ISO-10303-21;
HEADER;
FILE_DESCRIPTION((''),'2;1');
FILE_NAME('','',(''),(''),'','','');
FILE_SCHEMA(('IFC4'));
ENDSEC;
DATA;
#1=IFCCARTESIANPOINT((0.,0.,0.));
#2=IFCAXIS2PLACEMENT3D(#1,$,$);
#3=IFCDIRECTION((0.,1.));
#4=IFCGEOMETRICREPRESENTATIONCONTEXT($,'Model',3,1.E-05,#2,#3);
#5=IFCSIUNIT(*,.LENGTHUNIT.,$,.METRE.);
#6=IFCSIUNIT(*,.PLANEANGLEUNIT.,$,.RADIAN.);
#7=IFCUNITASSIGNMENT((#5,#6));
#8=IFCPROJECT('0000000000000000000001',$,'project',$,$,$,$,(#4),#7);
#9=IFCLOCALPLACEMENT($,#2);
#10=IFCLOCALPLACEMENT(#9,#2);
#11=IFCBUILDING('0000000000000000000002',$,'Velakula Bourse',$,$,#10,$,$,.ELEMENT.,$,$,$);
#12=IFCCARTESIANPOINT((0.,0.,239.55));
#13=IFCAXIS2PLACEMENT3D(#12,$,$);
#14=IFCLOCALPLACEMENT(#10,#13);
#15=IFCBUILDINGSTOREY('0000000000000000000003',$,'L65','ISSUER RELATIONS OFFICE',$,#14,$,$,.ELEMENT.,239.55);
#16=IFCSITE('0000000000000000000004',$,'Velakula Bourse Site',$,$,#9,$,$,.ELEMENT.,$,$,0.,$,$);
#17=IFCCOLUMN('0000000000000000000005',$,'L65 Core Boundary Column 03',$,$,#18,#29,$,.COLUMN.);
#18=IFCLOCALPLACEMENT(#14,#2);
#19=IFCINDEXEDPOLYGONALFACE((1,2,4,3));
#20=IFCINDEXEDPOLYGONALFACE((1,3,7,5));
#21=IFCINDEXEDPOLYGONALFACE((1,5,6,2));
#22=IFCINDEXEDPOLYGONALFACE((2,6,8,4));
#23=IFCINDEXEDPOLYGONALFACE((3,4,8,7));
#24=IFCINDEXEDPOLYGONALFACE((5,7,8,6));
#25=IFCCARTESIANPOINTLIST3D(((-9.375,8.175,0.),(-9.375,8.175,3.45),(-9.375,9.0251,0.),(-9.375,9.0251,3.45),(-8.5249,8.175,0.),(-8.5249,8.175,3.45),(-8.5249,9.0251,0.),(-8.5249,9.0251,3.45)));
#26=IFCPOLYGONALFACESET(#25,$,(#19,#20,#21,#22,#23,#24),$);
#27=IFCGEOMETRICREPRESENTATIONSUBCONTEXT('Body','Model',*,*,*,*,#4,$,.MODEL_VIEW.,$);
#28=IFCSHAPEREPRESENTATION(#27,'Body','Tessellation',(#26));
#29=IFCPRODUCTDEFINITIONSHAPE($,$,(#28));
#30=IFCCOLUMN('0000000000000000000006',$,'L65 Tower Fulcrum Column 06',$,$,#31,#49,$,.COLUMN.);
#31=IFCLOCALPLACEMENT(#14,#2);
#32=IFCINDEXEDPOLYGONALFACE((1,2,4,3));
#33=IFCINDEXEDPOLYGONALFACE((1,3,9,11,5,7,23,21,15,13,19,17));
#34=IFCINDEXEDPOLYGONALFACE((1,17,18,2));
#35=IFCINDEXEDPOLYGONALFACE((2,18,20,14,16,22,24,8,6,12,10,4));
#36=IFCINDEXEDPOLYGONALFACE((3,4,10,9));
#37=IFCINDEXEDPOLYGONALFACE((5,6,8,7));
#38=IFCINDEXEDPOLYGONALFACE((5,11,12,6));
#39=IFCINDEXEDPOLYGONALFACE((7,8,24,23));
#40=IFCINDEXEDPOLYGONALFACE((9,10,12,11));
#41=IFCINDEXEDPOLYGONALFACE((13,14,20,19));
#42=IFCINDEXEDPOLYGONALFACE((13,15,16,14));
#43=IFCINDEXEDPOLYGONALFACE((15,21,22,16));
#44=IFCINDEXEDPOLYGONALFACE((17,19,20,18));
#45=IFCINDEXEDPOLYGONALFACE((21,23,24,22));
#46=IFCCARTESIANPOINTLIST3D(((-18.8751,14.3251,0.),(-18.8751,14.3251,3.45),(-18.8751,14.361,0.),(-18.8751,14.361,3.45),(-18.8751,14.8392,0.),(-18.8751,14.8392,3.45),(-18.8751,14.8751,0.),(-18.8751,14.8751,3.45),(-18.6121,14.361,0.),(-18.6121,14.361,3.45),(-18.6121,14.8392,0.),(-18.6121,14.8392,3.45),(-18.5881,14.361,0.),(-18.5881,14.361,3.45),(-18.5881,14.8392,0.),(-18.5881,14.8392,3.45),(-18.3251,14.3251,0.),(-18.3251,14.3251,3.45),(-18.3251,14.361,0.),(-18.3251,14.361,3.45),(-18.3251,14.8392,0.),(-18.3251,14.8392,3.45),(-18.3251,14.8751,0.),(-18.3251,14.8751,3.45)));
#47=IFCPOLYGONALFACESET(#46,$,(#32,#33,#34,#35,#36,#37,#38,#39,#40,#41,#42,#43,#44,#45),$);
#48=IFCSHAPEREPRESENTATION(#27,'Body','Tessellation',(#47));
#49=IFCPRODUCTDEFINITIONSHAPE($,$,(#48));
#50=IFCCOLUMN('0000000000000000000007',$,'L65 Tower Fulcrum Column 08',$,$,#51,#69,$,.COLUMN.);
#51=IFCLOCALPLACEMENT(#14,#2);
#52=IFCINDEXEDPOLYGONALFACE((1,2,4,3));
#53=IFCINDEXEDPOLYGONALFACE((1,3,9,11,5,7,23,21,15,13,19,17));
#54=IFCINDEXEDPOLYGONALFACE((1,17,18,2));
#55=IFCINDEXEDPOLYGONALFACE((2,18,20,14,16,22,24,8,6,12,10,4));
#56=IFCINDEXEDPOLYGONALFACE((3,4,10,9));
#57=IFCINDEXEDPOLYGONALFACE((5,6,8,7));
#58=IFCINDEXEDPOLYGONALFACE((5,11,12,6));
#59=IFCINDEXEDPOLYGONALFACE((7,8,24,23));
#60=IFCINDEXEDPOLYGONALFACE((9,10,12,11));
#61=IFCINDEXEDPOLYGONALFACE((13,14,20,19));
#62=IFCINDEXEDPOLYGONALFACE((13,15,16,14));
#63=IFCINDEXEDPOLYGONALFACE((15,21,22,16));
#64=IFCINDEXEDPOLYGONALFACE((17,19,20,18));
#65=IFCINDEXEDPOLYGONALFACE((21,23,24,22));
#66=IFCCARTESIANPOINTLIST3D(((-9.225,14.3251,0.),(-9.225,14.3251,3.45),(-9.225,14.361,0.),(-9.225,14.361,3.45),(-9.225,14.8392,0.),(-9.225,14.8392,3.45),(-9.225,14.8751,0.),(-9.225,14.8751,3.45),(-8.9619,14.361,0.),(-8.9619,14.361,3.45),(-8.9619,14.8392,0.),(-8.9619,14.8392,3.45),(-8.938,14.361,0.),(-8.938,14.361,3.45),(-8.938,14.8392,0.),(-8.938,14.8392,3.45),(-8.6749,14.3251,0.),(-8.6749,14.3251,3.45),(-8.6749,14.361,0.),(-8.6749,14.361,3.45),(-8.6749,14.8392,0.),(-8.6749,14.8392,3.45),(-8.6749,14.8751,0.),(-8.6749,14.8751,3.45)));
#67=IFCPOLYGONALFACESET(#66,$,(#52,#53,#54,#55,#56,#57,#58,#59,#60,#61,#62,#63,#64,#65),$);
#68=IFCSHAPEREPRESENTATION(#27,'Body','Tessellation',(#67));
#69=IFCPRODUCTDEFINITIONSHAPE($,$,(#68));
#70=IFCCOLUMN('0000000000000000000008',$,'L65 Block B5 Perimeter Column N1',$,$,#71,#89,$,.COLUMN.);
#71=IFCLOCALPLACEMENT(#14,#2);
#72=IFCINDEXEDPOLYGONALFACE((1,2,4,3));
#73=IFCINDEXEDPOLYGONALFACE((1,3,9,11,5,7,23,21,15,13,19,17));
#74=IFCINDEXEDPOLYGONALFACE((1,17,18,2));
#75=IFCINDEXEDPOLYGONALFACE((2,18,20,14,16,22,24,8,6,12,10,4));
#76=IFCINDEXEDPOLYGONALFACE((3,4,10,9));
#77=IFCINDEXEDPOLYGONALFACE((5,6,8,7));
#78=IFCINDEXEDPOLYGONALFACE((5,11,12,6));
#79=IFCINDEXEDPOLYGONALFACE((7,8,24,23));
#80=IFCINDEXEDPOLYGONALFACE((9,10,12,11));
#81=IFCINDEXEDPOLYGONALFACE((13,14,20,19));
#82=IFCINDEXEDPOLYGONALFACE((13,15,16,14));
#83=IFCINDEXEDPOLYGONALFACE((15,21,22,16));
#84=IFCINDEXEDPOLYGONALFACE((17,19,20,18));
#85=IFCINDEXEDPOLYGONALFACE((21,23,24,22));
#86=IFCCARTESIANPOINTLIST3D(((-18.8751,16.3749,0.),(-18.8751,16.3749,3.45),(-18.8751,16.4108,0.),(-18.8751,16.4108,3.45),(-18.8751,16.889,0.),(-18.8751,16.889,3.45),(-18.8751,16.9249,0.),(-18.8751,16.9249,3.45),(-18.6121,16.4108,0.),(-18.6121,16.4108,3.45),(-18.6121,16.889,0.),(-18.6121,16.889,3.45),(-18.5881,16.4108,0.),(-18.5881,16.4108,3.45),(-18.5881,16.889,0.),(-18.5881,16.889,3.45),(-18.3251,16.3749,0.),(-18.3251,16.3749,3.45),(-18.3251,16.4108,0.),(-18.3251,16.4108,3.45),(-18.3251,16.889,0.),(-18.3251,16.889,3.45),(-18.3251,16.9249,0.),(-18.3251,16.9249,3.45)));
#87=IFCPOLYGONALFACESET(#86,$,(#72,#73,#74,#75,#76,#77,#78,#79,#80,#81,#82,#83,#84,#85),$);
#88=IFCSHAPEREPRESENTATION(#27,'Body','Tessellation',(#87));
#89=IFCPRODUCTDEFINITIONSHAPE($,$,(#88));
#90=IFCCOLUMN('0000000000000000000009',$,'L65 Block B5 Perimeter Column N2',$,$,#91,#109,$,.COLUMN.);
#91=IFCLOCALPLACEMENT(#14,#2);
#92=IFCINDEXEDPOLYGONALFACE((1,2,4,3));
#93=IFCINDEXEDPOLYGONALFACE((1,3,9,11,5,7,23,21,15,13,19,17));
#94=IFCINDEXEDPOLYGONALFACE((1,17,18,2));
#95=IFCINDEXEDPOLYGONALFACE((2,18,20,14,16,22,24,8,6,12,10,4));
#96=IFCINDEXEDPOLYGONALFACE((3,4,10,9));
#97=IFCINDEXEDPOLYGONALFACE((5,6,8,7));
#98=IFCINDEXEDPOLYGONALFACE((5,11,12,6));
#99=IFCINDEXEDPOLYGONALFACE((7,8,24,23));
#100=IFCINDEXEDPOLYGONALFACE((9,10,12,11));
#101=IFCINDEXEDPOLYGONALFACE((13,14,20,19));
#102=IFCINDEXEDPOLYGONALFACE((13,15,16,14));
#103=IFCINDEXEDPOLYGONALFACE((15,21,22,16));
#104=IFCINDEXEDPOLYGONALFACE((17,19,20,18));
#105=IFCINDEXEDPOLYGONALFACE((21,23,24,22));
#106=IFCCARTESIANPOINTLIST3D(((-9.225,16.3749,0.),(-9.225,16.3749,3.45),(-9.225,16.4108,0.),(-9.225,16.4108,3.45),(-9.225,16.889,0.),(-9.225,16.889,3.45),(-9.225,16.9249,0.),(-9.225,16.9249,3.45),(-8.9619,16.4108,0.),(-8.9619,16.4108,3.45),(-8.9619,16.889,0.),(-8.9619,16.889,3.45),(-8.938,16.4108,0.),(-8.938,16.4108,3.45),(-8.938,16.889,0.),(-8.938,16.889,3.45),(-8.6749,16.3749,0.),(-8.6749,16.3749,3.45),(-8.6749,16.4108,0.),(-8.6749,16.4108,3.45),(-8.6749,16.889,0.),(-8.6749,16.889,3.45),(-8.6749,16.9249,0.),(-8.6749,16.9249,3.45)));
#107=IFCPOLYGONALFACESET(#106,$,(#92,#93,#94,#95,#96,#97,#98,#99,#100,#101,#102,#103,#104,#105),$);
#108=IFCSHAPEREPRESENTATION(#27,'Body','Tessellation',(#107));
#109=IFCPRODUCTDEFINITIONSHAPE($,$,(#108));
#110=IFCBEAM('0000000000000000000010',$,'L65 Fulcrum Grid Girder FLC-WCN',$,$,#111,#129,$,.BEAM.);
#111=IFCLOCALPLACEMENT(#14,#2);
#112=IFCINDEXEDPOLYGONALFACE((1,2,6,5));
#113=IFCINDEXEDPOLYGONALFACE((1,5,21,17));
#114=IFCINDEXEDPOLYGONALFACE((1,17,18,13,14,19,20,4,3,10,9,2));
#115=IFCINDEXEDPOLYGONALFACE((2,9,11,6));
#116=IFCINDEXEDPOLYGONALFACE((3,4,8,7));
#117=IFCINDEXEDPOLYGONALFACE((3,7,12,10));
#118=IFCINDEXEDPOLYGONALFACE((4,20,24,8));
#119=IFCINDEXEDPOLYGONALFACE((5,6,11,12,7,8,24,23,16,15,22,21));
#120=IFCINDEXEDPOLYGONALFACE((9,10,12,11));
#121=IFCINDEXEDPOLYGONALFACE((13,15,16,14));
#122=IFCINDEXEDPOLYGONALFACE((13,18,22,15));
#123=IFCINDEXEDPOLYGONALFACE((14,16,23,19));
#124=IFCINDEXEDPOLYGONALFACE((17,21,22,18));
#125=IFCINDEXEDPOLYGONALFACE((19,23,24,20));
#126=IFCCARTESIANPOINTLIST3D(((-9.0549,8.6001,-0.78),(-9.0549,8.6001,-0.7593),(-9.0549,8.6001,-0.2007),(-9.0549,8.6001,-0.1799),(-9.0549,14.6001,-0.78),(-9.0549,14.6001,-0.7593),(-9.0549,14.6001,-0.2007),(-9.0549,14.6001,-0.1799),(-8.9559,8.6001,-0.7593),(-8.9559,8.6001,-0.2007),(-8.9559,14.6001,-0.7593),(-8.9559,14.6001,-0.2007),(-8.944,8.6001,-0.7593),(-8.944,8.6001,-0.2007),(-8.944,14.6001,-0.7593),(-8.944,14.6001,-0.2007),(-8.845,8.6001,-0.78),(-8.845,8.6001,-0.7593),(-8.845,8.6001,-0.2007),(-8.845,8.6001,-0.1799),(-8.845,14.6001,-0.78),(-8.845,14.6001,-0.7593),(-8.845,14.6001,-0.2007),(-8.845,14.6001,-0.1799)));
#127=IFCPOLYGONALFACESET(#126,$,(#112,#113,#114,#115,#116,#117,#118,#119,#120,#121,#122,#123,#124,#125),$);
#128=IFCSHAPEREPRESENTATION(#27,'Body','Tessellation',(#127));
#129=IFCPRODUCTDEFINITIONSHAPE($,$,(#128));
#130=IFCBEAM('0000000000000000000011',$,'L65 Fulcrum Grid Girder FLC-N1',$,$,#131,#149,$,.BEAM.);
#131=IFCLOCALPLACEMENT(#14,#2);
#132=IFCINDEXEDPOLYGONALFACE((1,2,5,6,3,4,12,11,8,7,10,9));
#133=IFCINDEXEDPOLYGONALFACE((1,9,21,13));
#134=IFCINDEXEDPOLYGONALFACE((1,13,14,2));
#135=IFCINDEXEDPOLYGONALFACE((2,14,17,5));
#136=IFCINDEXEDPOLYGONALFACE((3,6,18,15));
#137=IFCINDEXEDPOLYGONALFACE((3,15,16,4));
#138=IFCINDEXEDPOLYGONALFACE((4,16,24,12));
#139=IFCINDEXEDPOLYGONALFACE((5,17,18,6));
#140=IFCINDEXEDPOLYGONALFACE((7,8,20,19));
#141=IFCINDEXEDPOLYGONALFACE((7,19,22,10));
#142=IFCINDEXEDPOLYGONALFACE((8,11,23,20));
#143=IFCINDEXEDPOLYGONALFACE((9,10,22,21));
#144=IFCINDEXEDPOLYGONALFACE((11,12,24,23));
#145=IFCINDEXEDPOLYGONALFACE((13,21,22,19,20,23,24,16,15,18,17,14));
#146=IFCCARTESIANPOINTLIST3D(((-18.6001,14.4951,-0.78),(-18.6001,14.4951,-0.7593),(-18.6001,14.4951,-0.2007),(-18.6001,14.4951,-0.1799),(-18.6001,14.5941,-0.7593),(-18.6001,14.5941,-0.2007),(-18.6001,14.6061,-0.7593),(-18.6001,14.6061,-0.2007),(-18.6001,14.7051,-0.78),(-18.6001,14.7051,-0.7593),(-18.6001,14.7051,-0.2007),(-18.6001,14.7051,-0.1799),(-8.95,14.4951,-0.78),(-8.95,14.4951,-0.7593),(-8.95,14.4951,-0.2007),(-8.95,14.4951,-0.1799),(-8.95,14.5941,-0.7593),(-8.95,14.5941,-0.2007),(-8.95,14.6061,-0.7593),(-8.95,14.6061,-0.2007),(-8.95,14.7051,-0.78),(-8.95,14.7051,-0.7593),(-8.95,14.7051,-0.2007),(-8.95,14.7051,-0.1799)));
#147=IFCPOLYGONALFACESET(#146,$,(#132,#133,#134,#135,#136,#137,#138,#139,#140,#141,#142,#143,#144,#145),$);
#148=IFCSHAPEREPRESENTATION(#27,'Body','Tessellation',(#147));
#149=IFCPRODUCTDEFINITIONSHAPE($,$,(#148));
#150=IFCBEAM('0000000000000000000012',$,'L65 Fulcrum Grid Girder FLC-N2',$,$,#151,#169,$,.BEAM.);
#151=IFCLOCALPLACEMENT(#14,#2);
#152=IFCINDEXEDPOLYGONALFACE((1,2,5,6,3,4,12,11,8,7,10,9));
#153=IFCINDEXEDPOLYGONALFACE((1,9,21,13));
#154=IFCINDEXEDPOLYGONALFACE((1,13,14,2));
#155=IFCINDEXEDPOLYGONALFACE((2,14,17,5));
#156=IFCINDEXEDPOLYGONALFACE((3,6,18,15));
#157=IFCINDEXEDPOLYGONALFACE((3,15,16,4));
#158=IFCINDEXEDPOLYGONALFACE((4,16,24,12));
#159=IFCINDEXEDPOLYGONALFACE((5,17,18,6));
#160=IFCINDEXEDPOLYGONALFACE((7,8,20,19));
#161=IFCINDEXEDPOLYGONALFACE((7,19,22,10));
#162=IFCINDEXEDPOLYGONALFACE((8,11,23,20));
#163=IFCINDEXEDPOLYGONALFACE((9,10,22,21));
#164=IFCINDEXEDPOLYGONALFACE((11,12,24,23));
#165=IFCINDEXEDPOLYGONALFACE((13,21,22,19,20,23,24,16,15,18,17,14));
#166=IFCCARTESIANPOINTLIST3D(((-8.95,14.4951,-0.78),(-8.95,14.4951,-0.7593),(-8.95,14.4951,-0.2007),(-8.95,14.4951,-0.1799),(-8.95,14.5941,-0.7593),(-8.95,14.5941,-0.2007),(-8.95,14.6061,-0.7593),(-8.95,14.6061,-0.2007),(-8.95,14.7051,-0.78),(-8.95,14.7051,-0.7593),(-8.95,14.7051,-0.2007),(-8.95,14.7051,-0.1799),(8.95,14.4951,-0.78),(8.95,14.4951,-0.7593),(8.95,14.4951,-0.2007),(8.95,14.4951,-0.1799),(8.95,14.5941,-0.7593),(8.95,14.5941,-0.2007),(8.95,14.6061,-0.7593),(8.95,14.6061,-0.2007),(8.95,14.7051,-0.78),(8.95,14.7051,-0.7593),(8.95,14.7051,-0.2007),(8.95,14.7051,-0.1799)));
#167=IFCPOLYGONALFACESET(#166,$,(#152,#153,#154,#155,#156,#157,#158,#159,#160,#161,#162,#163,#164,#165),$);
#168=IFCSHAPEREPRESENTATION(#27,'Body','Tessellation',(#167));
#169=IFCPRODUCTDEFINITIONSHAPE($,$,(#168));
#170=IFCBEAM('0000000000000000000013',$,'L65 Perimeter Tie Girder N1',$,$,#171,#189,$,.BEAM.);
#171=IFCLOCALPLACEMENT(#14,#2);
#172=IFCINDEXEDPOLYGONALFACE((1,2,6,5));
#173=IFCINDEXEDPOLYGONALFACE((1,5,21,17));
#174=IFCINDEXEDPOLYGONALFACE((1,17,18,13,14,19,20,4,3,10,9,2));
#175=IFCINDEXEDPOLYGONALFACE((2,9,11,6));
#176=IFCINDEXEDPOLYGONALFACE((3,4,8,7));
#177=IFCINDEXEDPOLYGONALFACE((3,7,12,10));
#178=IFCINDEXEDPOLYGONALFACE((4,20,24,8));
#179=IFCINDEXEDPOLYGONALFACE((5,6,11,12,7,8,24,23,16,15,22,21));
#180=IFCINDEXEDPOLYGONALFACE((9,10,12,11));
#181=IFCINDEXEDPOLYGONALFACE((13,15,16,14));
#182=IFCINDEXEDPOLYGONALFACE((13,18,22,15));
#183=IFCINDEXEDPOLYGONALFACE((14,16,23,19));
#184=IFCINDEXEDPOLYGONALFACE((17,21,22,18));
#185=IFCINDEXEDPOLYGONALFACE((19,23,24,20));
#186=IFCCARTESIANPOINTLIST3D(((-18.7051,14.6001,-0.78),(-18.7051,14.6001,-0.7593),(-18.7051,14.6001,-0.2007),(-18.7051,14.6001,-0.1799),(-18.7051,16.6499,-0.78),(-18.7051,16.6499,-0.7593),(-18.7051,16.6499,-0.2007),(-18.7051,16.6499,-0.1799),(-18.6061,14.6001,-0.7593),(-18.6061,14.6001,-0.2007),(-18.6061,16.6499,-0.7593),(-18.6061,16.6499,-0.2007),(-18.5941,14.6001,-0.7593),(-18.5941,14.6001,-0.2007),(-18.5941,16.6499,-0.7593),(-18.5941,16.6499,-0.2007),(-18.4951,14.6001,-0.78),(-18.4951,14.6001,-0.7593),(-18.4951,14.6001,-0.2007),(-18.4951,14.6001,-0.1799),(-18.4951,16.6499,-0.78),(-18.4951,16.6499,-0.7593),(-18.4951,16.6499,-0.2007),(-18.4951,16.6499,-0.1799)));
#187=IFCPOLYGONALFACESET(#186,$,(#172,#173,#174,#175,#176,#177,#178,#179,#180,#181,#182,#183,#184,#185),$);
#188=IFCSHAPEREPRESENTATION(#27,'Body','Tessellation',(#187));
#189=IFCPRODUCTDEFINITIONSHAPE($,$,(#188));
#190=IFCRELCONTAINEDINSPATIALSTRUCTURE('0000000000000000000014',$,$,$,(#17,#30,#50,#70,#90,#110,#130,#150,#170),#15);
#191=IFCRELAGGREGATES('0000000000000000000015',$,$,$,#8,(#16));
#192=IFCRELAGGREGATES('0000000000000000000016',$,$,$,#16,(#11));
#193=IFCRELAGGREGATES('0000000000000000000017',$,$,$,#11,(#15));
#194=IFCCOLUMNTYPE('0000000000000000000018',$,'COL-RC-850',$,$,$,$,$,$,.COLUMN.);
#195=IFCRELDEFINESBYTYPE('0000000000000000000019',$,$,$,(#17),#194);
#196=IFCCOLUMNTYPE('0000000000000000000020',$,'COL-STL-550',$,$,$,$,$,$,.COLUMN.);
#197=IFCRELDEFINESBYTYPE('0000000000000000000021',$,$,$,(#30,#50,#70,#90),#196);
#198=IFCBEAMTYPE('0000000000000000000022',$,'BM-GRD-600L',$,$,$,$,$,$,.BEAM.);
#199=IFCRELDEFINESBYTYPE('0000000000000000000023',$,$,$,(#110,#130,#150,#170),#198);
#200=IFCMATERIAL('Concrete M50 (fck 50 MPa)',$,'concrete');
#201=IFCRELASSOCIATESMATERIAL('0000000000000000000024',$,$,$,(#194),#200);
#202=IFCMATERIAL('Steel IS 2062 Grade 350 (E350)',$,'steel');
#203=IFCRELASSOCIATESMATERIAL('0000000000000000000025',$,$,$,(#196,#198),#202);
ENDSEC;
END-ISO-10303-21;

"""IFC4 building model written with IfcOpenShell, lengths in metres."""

from ifc_helpers import new_model, si_unit, direction, frame, origin, origin_2d, place, context, subcontext, project, spatial, rectangle, i_section, extrude, material, material_profile, profile_set, type_object, element, save


model = new_model("IFC4")

# Units and contexts
model_context = context("Model", 3, precision=1e-05, world=origin(), true_north=direction((0.0, 1.0)))
body_context = subcontext(model_context, "Body", "Model", "MODEL_VIEW")
ifc_project = project(units=[si_unit("LENGTHUNIT", "METRE"), si_unit("PLANEANGLEUNIT", "RADIAN")], contexts=[model_context])

# Site, building, storey
site_placement = place(None, origin())
site = spatial("IfcSite", under=ifc_project, at=site_placement, Name="Velakula Bourse Site", CompositionType="ELEMENT", RefElevation=0.0)
building_placement = place(site_placement, origin())
building = spatial("IfcBuilding", under=site, at=building_placement, Name="Velakula Bourse", CompositionType="ELEMENT")
storey_placement = place(building_placement, frame((0.0, 0.0, 239.55)))
storey = spatial("IfcBuildingStorey", under=building, at=storey_placement, Name="L65", Description="ISSUER RELATIONS OFFICE", CompositionType="ELEMENT", Elevation=239.55)

# Columns
ifc_material_1 = material(Name="Concrete M50 (fck 50 MPa)", Category="concrete")
ifc_material_profile_1 = material_profile(ifc_material_1, rectangle(XDim=0.8501, YDim=0.8501, at=origin_2d()), Name="Concrete M50 (fck 50 MPa)")
ifc_profile_set_1 = profile_set([ifc_material_profile_1], Name="Concrete M50 (fck 50 MPa)")
column_type_1 = type_object("IfcColumnType", Name="COL-RC-850", PredefinedType="COLUMN", material=ifc_profile_set_1)
column_placement = place(storey_placement, frame((-8.95, 8.6001, 0.0), z_axis=(0.0, 0.0, 1.0), x_axis=(1.0, 0.0, 0.0)))
element("IfcColumn", 1, at=column_placement, inside=storey, type_object=column_type_1, Name="L65 Core Boundary Column 03", PredefinedType="COLUMN", context=body_context, shape_type="SweptSolid", body=[
    extrude(rectangle(XDim=0.8501, YDim=0.8501, at=origin_2d()), origin(), (0.0, 0.0, 1.0), 3.45),
])
ifc_material_2 = material(Name="Steel IS 2062 Grade 350 (E350)", Category="steel")
ifc_material_profile_2 = material_profile(ifc_material_2, i_section(OverallWidth=0.55, OverallDepth=0.55, WebThickness=0.0239, FlangeThickness=0.0359, at=origin_2d()), Name="Steel IS 2062 Grade 350 (E350)")
ifc_profile_set_2 = profile_set([ifc_material_profile_2], Name="Steel IS 2062 Grade 350 (E350)")
column_type_2 = type_object("IfcColumnType", Name="COL-STL-550", PredefinedType="COLUMN", material=ifc_profile_set_2)
for number, where, z_axis, x_axis, name in (
    (2, (-18.6001, 14.6001, 0.0), (0.0, 0.0, 1.0), (1.0, 0.0, 0.0), "L65 Tower Fulcrum Column 06"),
    (3, (-8.95, 14.6001, 0.0), (0.0, 0.0, 1.0), (1.0, 0.0, 0.0), "L65 Tower Fulcrum Column 08"),
    (4, (-18.6001, 16.6499, 0.0), (0.0, 0.0, 1.0), (1.0, 0.0, 0.0), "L65 Block B5 Perimeter Column N1"),
    (5, (-8.95, 16.6499, 0.0), (0.0, 0.0, 1.0), (1.0, 0.0, 0.0), "L65 Block B5 Perimeter Column N2"),
):
    element("IfcColumn", number, at=place(storey_placement, frame(where, z_axis=z_axis, x_axis=x_axis)), inside=storey, type_object=column_type_2, Name=name, PredefinedType="COLUMN", context=body_context, shape_type="SweptSolid", body=[
        extrude(i_section(OverallWidth=0.55, OverallDepth=0.55, WebThickness=0.0239, FlangeThickness=0.0359, at=origin_2d()), origin(), (0.0, 0.0, 1.0), 3.45),
    ])

# Beams
ifc_material_profile_3 = material_profile(ifc_material_2, i_section(OverallWidth=0.21, OverallDepth=0.6001, WebThickness=0.012, FlangeThickness=0.0208, at=origin_2d()), Name="Steel IS 2062 Grade 350 (E350)")
ifc_profile_set_3 = profile_set([ifc_material_profile_3], Name="Steel IS 2062 Grade 350 (E350)")
beam_type_1 = type_object("IfcBeamType", Name="BM-GRD-600L", PredefinedType="BEAM", material=ifc_profile_set_3)
beam_1_placement = place(storey_placement, frame((-8.95, 8.6001, -0.48), z_axis=(0.0, 1.0, 0.0), x_axis=(-1.0, 0.0, 0.0)))
element("IfcBeam", 6, at=beam_1_placement, inside=storey, type_object=beam_type_1, Name="L65 Fulcrum Grid Girder FLC-WCN", PredefinedType="BEAM", context=body_context, shape_type="SweptSolid", body=[
    extrude(i_section(OverallWidth=0.21, OverallDepth=0.6001, WebThickness=0.012, FlangeThickness=0.0208, at=origin_2d()), origin(), (0.0, 0.0, 1.0), 6.0),
])
beam_2_placement = place(storey_placement, frame((-18.6001, 14.6001, -0.48), z_axis=(1.0, 0.0, 0.0), x_axis=(0.0, 1.0, 0.0)))
element("IfcBeam", 7, at=beam_2_placement, inside=storey, type_object=beam_type_1, Name="L65 Fulcrum Grid Girder FLC-N1", PredefinedType="BEAM", context=body_context, shape_type="SweptSolid", body=[
    extrude(i_section(OverallWidth=0.21, OverallDepth=0.6001, WebThickness=0.012, FlangeThickness=0.0208, at=origin_2d()), origin(), (0.0, 0.0, 1.0), 9.6501),
])
beam_3_placement = place(storey_placement, frame((-8.95, 14.6001, -0.48), z_axis=(1.0, 0.0, 0.0), x_axis=(0.0, 1.0, 0.0)))
element("IfcBeam", 8, at=beam_3_placement, inside=storey, type_object=beam_type_1, Name="L65 Fulcrum Grid Girder FLC-N2", PredefinedType="BEAM", context=body_context, shape_type="SweptSolid", body=[
    extrude(i_section(OverallWidth=0.21, OverallDepth=0.6001, WebThickness=0.012, FlangeThickness=0.0208, at=origin_2d()), origin(), (0.0, 0.0, 1.0), 17.8999),
])
for number, where, z_axis, x_axis, name in (
    (9, (-18.6001, 14.6001, -0.48), (0.0, 1.0, 0.0), (-1.0, 0.0, 0.0), "L65 Perimeter Tie Girder N1"),
):
    element("IfcBeam", number, at=place(storey_placement, frame(where, z_axis=z_axis, x_axis=x_axis)), inside=storey, type_object=beam_type_1, Name=name, PredefinedType="BEAM", context=body_context, shape_type="SweptSolid", body=[
        extrude(i_section(OverallWidth=0.21, OverallDepth=0.6001, WebThickness=0.012, FlangeThickness=0.0208, at=origin_2d()), origin(), (0.0, 0.0, 1.0), 2.0498),
    ])

save(model, "model.ifc")
